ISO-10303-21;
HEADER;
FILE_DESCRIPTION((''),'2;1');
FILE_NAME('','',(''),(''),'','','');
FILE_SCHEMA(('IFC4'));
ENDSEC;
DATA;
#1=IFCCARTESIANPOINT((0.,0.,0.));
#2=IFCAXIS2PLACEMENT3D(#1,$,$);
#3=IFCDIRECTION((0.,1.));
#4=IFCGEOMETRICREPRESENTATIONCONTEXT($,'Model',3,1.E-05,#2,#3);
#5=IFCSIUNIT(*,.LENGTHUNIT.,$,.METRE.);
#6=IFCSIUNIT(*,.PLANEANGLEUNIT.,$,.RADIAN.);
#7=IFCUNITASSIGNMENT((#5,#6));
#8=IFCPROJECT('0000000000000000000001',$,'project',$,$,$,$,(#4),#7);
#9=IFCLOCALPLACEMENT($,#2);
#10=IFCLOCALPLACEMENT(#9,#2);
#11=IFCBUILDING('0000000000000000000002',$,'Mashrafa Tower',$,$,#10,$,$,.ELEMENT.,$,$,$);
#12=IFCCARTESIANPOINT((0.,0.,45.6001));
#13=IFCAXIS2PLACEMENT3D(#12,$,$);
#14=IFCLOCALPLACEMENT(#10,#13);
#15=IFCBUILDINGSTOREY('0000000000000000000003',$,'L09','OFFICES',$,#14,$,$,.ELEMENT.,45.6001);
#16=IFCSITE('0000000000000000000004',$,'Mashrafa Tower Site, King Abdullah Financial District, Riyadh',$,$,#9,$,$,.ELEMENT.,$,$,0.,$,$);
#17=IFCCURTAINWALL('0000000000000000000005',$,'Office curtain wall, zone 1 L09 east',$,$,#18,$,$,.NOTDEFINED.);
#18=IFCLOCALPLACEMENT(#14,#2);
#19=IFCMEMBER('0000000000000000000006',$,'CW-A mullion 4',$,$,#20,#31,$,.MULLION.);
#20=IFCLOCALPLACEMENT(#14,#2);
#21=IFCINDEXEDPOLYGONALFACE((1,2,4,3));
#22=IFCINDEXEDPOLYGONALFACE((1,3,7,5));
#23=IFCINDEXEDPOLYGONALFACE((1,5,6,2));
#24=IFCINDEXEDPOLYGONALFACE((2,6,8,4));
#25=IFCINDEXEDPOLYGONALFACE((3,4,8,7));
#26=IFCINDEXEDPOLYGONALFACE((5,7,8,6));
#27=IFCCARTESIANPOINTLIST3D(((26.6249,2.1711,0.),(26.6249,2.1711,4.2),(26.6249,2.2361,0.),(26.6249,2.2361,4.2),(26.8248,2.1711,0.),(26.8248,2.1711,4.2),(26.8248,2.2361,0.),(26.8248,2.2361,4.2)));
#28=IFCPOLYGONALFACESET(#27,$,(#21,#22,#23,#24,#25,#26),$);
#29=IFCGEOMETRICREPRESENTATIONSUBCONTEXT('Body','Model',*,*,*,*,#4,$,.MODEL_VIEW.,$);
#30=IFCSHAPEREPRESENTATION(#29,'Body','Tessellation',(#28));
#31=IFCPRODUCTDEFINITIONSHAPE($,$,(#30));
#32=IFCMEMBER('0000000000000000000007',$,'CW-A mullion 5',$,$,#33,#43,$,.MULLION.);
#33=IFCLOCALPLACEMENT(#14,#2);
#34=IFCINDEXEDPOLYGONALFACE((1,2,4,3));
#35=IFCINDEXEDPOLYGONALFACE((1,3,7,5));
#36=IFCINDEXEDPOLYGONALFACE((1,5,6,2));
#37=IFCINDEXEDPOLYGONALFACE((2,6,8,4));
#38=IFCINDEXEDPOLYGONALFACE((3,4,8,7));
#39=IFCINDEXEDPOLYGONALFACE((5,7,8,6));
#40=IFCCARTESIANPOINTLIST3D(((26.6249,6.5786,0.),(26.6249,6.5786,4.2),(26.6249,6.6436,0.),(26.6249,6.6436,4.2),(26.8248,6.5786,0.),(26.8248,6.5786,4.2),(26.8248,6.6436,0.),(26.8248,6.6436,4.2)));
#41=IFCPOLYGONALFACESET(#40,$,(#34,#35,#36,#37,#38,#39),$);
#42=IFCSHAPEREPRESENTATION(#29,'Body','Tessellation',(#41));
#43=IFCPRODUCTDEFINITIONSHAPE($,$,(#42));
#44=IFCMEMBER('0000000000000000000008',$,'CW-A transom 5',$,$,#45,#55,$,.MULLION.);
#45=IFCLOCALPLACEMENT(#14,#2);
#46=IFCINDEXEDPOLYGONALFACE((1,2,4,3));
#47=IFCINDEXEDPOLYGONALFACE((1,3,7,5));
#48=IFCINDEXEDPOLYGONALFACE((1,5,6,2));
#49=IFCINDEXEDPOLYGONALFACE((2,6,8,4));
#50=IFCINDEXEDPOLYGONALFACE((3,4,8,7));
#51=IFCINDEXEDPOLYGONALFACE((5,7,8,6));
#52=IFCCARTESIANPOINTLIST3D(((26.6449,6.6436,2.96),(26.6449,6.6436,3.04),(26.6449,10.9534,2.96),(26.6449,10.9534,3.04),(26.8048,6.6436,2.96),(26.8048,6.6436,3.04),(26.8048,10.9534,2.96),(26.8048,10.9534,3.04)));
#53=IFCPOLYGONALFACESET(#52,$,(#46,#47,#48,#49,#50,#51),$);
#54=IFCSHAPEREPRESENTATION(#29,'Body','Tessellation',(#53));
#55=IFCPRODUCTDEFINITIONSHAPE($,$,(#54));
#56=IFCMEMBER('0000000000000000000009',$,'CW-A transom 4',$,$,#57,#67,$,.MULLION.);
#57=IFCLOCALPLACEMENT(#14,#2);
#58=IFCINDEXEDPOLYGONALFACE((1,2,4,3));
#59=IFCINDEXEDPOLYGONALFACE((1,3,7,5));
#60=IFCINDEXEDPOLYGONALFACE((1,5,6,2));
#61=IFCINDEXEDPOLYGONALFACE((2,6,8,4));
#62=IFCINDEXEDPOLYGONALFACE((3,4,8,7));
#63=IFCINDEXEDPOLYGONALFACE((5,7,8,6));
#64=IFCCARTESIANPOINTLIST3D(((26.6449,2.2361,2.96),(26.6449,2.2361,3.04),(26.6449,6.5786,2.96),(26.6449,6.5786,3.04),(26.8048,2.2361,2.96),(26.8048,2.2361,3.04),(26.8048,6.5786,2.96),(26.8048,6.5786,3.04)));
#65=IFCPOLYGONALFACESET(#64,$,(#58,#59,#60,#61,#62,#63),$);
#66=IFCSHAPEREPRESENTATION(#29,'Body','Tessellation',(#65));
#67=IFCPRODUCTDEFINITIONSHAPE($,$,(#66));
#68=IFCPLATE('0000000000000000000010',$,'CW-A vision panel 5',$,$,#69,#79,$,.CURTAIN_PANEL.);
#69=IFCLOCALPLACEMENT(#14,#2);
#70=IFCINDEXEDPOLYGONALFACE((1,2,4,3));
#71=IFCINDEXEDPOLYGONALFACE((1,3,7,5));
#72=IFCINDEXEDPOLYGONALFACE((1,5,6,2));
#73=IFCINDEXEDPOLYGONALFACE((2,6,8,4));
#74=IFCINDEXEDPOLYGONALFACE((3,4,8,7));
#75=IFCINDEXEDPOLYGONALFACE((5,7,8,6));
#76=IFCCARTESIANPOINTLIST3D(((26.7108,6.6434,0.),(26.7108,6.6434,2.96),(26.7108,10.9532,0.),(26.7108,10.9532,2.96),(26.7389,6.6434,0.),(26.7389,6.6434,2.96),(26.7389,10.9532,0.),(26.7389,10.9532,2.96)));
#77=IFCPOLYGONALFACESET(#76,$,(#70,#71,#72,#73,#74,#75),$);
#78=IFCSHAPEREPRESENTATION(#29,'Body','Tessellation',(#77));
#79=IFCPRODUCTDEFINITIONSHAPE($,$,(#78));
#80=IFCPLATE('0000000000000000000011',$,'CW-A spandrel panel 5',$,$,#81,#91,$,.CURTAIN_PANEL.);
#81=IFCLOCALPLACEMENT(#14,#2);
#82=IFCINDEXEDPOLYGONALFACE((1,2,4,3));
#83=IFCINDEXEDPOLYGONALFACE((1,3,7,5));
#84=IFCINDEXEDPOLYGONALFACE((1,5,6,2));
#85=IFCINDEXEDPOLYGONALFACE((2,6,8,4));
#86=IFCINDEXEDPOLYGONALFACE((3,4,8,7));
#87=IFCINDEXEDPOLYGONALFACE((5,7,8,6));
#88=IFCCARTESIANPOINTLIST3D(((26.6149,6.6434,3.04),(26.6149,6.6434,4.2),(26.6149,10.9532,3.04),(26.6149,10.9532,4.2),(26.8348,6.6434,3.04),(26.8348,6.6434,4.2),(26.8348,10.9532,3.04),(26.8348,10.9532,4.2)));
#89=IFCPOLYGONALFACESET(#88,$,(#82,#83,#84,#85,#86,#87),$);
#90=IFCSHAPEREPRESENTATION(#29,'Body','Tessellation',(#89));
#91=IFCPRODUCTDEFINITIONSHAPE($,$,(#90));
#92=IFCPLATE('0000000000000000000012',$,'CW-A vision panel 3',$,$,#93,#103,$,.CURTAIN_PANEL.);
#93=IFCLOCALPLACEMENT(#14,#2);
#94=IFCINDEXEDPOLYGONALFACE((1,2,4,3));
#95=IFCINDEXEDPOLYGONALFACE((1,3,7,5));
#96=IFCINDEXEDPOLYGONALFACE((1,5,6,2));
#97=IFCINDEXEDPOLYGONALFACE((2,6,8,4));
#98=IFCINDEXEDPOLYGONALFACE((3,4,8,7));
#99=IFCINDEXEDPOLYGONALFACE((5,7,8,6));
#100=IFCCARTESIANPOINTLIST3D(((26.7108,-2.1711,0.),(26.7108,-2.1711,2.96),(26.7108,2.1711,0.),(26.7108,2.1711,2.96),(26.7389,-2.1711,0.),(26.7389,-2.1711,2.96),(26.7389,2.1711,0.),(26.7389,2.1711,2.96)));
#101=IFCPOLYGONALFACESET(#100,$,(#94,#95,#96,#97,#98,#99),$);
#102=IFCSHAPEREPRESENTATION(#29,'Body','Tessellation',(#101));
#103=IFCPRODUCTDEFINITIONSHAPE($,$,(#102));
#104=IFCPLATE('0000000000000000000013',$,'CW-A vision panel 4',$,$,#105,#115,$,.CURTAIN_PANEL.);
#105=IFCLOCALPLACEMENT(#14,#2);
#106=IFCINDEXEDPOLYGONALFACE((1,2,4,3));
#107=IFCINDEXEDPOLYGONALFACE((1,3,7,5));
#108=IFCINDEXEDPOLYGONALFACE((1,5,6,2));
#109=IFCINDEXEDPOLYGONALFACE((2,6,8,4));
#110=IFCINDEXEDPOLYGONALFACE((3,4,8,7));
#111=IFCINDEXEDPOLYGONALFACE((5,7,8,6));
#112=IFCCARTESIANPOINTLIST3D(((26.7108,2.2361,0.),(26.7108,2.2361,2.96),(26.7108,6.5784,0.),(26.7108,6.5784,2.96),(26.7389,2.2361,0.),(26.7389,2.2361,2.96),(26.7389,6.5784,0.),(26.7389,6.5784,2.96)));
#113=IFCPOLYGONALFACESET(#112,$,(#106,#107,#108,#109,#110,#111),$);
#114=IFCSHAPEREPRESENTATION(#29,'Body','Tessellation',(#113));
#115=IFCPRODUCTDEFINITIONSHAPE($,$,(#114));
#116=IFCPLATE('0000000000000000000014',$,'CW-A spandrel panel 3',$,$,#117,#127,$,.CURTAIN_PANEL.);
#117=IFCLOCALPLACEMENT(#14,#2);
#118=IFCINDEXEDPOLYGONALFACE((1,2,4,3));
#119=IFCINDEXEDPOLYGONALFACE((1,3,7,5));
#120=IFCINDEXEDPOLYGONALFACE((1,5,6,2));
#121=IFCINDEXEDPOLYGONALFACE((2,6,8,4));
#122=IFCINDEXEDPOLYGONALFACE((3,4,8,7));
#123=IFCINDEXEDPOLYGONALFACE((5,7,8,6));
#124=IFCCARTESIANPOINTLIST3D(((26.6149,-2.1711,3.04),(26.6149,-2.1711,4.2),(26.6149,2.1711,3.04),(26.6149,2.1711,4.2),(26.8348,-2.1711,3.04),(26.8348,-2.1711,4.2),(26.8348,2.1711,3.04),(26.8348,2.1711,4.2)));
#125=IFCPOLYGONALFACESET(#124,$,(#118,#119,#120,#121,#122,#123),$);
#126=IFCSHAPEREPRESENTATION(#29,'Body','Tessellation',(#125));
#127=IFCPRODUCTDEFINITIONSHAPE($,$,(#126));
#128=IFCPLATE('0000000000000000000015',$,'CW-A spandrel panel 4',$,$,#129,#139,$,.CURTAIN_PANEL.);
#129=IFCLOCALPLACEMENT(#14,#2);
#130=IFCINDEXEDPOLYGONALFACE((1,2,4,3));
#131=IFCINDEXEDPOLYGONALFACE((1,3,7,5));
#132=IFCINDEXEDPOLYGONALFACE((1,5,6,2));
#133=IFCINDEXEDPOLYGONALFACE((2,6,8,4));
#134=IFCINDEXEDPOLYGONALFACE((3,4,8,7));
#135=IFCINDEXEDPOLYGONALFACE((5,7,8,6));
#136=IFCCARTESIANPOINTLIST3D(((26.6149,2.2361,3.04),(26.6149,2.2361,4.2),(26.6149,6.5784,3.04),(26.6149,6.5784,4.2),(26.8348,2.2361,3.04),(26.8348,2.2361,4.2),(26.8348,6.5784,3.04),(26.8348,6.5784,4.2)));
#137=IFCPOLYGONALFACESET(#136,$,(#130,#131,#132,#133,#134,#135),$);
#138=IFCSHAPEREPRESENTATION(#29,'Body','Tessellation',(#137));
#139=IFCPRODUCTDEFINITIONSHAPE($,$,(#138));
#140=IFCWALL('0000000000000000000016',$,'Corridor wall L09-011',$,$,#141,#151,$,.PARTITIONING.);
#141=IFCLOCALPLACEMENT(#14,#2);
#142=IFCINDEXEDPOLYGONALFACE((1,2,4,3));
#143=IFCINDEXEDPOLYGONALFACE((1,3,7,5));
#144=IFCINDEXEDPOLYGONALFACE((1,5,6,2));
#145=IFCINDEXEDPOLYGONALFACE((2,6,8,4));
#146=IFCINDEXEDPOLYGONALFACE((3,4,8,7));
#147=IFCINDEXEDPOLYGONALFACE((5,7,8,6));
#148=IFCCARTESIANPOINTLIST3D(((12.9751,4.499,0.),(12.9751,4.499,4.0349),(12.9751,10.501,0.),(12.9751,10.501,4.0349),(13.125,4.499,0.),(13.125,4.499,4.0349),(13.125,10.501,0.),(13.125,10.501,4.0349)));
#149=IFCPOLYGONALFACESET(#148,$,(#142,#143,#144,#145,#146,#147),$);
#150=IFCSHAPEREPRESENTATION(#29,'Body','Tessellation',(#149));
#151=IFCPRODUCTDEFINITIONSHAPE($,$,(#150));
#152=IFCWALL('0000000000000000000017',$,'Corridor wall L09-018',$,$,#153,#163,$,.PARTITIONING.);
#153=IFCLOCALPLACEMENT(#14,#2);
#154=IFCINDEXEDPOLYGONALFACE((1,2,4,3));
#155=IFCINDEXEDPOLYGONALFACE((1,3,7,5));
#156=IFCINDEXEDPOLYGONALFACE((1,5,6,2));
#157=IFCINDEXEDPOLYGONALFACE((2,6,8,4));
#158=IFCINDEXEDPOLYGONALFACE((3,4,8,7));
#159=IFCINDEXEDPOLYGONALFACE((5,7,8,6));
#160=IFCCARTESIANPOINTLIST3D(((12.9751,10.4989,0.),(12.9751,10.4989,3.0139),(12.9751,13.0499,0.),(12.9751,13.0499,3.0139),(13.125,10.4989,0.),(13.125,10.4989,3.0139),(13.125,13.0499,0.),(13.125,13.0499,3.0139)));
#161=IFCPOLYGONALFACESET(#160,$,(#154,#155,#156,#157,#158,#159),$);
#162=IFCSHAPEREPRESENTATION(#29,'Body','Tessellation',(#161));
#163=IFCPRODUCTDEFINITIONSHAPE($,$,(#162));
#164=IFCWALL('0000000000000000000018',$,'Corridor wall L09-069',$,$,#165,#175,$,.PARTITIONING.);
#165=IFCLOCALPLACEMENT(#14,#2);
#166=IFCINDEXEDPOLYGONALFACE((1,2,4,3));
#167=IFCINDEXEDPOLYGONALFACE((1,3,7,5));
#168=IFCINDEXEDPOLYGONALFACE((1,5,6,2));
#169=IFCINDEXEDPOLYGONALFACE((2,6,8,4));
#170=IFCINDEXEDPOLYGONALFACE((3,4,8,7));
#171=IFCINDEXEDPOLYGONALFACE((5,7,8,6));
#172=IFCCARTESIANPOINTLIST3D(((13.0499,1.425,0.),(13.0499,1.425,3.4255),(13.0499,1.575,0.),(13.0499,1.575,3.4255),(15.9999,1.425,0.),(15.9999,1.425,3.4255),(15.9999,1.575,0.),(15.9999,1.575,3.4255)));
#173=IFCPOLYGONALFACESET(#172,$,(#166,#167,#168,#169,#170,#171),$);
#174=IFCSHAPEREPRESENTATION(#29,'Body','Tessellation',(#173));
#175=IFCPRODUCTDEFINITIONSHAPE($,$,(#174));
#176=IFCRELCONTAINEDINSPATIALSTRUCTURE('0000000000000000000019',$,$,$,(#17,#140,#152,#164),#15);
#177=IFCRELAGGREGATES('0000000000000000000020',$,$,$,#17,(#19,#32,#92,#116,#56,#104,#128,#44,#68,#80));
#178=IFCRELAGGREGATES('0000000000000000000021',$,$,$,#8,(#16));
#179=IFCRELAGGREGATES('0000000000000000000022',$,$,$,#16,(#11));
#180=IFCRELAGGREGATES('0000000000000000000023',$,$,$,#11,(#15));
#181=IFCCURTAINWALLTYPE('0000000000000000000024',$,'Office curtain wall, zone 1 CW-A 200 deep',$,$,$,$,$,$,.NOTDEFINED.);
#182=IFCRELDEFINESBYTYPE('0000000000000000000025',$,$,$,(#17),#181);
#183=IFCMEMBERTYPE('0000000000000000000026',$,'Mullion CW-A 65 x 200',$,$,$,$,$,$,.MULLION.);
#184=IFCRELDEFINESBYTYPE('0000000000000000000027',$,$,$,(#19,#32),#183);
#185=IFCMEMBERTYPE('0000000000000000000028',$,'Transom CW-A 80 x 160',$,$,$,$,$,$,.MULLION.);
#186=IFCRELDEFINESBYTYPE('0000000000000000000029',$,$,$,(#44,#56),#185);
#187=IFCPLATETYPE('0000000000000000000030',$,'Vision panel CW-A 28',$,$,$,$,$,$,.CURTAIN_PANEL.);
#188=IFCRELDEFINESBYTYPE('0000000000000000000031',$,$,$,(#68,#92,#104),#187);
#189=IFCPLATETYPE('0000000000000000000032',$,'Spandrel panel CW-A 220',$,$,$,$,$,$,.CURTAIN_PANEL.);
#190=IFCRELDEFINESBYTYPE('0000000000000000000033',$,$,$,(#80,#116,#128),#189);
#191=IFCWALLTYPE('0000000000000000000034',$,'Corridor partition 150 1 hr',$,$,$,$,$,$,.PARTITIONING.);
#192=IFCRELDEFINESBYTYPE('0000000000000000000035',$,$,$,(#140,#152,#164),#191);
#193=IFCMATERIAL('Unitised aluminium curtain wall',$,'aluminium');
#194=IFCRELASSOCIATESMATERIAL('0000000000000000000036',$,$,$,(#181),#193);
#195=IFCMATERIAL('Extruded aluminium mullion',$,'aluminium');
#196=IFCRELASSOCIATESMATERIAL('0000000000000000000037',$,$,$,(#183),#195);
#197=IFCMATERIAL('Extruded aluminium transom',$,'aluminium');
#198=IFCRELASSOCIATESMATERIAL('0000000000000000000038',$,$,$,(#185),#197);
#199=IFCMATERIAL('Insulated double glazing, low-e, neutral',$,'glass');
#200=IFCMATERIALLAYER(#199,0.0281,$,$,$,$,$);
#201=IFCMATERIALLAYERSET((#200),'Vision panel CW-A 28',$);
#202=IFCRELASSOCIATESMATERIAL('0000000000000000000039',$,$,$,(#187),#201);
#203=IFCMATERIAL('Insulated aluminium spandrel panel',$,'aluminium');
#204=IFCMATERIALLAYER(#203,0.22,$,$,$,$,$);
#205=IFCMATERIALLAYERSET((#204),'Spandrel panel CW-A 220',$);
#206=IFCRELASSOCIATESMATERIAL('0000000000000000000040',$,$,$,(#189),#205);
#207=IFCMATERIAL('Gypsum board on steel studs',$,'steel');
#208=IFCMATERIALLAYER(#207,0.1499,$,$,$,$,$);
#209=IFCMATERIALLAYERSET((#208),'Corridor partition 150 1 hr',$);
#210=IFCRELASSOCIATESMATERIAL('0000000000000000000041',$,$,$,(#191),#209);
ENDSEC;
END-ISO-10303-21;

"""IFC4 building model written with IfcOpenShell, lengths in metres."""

from ifc_helpers import new_model, si_unit, direction, frame, frame_2d, origin, origin_2d, place, context, subcontext, project, spatial, rectangle, extrude, source, transform, mapped, material, layer, layer_set, material_profile, profile_set, type_object, type_shapes, element, aggregate, save


model = new_model("IFC4")

# Units and contexts
model_context = context("Model", 3, precision=1e-05, world=origin(), true_north=direction((0.0, 1.0)))
body_context = subcontext(model_context, "Body", "Model", "MODEL_VIEW")
ifc_project = project(units=[si_unit("LENGTHUNIT", "METRE"), si_unit("PLANEANGLEUNIT", "RADIAN")], contexts=[model_context])

# Site, building, storey
site_placement = place(None, origin())
site = spatial("IfcSite", under=ifc_project, at=site_placement, Name="Mashrafa Tower Site, King Abdullah Financial District, Riyadh", CompositionType="ELEMENT", RefElevation=0.0)
building_placement = place(site_placement, origin())
building = spatial("IfcBuilding", under=site, at=building_placement, Name="Mashrafa Tower", CompositionType="ELEMENT")
storey_placement = place(building_placement, frame((0.0, 0.0, 45.6001)))
storey = spatial("IfcBuildingStorey", under=building, at=storey_placement, Name="L09", Description="OFFICES", CompositionType="ELEMENT", Elevation=45.6001)

# Curtain wall, members, plates
ifc_material_1 = material(Name="Unitised aluminium curtain wall", Category="aluminium")
curtain_wall_type = type_object("IfcCurtainWallType", Name="Office curtain wall, zone 1 CW-A 200 deep", PredefinedType="NOTDEFINED", material=ifc_material_1)
curtain_wall_placement = place(storey_placement, origin())
curtain_wall = element("IfcCurtainWall", 1, at=curtain_wall_placement, inside=storey, type_object=curtain_wall_type, Name="Office curtain wall, zone 1 L09 east", PredefinedType="NOTDEFINED")
ifc_material_2 = material(Name="Extruded aluminium mullion", Category="aluminium")
ifc_material_profile_1 = material_profile(ifc_material_2, rectangle(XDim=0.2, YDim=0.0649, at=origin_2d()), Name="Mullion 65x200")
ifc_profile_set_1 = profile_set([ifc_material_profile_1], Name="Extruded aluminium mullion")
member_type_1 = type_object("IfcMemberType", Name="Mullion CW-A 65 x 200", PredefinedType="MULLION", material=ifc_profile_set_1)
shared_shape_1 = source(origin(), body_context, "Body", "SweptSolid", [
    extrude(rectangle(XDim=0.2, YDim=0.0649, at=origin_2d()), origin(), (0.0, 0.0, 1.0), 4.2),
])
type_shapes(member_type_1, [shared_shape_1])
member_1_placement = place(storey_placement, frame((26.7249, 2.2036, 0.0), z_axis=(0.0, 0.0, 1.0), x_axis=(-1.0, 0.0, 0.0)))
member_1 = element("IfcMember", 2, at=member_1_placement, type_object=member_type_1, Name="CW-A mullion 4", PredefinedType="MULLION", context=body_context, shape_type="MappedRepresentation", body=[
    mapped(shared_shape_1, transform((0.0, 0.0, 0.0))),
])
member_2_placement = place(storey_placement, frame((26.7249, 6.6111, 0.0), z_axis=(0.0, 0.0, 1.0), x_axis=(-1.0, 0.0, 0.0)))
member_2 = element("IfcMember", 3, at=member_2_placement, type_object=member_type_1, Name="CW-A mullion 5", PredefinedType="MULLION", context=body_context, shape_type="MappedRepresentation", body=[
    mapped(shared_shape_1, transform((0.0, 0.0, 0.0))),
])
ifc_material_3 = material(Name="Extruded aluminium transom", Category="aluminium")
ifc_material_profile_2 = material_profile(ifc_material_3, rectangle(XDim=0.1599, YDim=0.0801, at=origin_2d()), Name="Transom 80x160")
ifc_profile_set_2 = profile_set([ifc_material_profile_2], Name="Extruded aluminium transom")
member_type_2 = type_object("IfcMemberType", Name="Transom CW-A 80 x 160", PredefinedType="MULLION", material=ifc_profile_set_2)
shared_shape_2 = source(origin(), body_context, "Body", "SweptSolid", [
    extrude(rectangle(XDim=0.1599, YDim=0.0801, at=origin_2d()), origin(), (0.0, 0.0, 1.0), 4.3098),
])
member_3_placement = place(storey_placement, frame((26.7249, 6.6436, 3.0), z_axis=(0.0, 1.0, 0.0), x_axis=(-1.0, 0.0, 0.0)))
member_3 = element("IfcMember", 4, at=member_3_placement, type_object=member_type_2, Name="CW-A transom 5", PredefinedType="MULLION", context=body_context, shape_type="MappedRepresentation", body=[
    mapped(shared_shape_2, transform((0.0, 0.0, 0.0))),
])
shared_shape_3 = source(origin(), body_context, "Body", "SweptSolid", [
    extrude(rectangle(XDim=0.1599, YDim=0.0801, at=origin_2d()), origin(), (0.0, 0.0, 1.0), 4.3425),
])
type_shapes(member_type_2, [shared_shape_2, shared_shape_3])
member_4_placement = place(storey_placement, frame((26.7249, 2.2361, 3.0), z_axis=(0.0, 1.0, 0.0), x_axis=(-1.0, 0.0, 0.0)))
member_4 = element("IfcMember", 5, at=member_4_placement, type_object=member_type_2, Name="CW-A transom 4", PredefinedType="MULLION", context=body_context, shape_type="MappedRepresentation", body=[
    mapped(shared_shape_3, transform((0.0, 0.0, 0.0))),
])
ifc_material_4 = material(Name="Insulated double glazing, low-e, neutral", Category="glass")
ifc_layer_1 = layer(ifc_material_4, 0.0281)
ifc_layer_set_1 = layer_set([ifc_layer_1], Name="Vision panel CW-A 28")
plate_type_1 = type_object("IfcPlateType", Name="Vision panel CW-A 28", PredefinedType="CURTAIN_PANEL", material=ifc_layer_set_1)
shared_shape_4 = source(origin(), body_context, "Body", "SweptSolid", [
    extrude(rectangle(XDim=4.3098, YDim=0.0281, at=origin_2d()), origin(), (0.0, 0.0, 1.0), 2.96),
])
plate_1_placement = place(storey_placement, frame((26.7249, 8.7983, 0.0), z_axis=(0.0, 0.0, 1.0), x_axis=(0.0, 1.0, 0.0)))
plate_1 = element("IfcPlate", 6, at=plate_1_placement, type_object=plate_type_1, Name="CW-A vision panel 5", PredefinedType="CURTAIN_PANEL", context=body_context, shape_type="MappedRepresentation", body=[
    mapped(shared_shape_4, transform((0.0, 0.0, 0.0))),
])
ifc_material_5 = material(Name="Insulated aluminium spandrel panel", Category="aluminium")
ifc_layer_2 = layer(ifc_material_5, 0.22)
ifc_layer_set_2 = layer_set([ifc_layer_2], Name="Spandrel panel CW-A 220")
plate_type_2 = type_object("IfcPlateType", Name="Spandrel panel CW-A 220", PredefinedType="CURTAIN_PANEL", material=ifc_layer_set_2)
shared_shape_5 = source(origin(), body_context, "Body", "SweptSolid", [
    extrude(rectangle(XDim=4.3098, YDim=0.22, at=origin_2d()), origin(), (0.0, 0.0, 1.0), 1.1599),
])
plate_2_placement = place(storey_placement, frame((26.7249, 8.7983, 3.04), z_axis=(0.0, 0.0, 1.0), x_axis=(0.0, 1.0, 0.0)))
plate_2 = element("IfcPlate", 7, at=plate_2_placement, type_object=plate_type_2, Name="CW-A spandrel panel 5", PredefinedType="CURTAIN_PANEL", context=body_context, shape_type="MappedRepresentation", body=[
    mapped(shared_shape_5, transform((0.0, 0.0, 0.0))),
])
shared_shape_6 = source(origin(), body_context, "Body", "SweptSolid", [
    extrude(rectangle(XDim=4.3423, YDim=0.0281, at=origin_2d()), origin(), (0.0, 0.0, 1.0), 2.96),
])
type_shapes(plate_type_1, [shared_shape_4, shared_shape_6])
plate_3_placement = place(storey_placement, frame((26.7249, 0.0, 0.0), z_axis=(0.0, 0.0, 1.0), x_axis=(0.0, 1.0, 0.0)))
plate_3 = element("IfcPlate", 8, at=plate_3_placement, type_object=plate_type_1, Name="CW-A vision panel 3", PredefinedType="CURTAIN_PANEL", context=body_context, shape_type="MappedRepresentation", body=[
    mapped(shared_shape_6, transform((0.0, 0.0, 0.0))),
])
plate_4_placement = place(storey_placement, frame((26.7249, 4.4072, 0.0), z_axis=(0.0, 0.0, 1.0), x_axis=(0.0, 1.0, 0.0)))
plate_4 = element("IfcPlate", 9, at=plate_4_placement, type_object=plate_type_1, Name="CW-A vision panel 4", PredefinedType="CURTAIN_PANEL", context=body_context, shape_type="MappedRepresentation", body=[
    mapped(shared_shape_6, transform((0.0, 0.0, 0.0))),
])
shared_shape_7 = source(origin(), body_context, "Body", "SweptSolid", [
    extrude(rectangle(XDim=4.3423, YDim=0.22, at=origin_2d()), origin(), (0.0, 0.0, 1.0), 1.1599),
])
type_shapes(plate_type_2, [shared_shape_5, shared_shape_7])
plate_5_placement = place(storey_placement, frame((26.7249, 0.0, 3.04), z_axis=(0.0, 0.0, 1.0), x_axis=(0.0, 1.0, 0.0)))
plate_5 = element("IfcPlate", 10, at=plate_5_placement, type_object=plate_type_2, Name="CW-A spandrel panel 3", PredefinedType="CURTAIN_PANEL", context=body_context, shape_type="MappedRepresentation", body=[
    mapped(shared_shape_7, transform((0.0, 0.0, 0.0))),
])
plate_6_placement = place(storey_placement, frame((26.7249, 4.4072, 3.04), z_axis=(0.0, 0.0, 1.0), x_axis=(0.0, 1.0, 0.0)))
plate_6 = element("IfcPlate", 11, at=plate_6_placement, type_object=plate_type_2, Name="CW-A spandrel panel 4", PredefinedType="CURTAIN_PANEL", context=body_context, shape_type="MappedRepresentation", body=[
    mapped(shared_shape_7, transform((0.0, 0.0, 0.0))),
])
aggregate(curtain_wall, [member_1, member_2, plate_3, plate_5, member_4, plate_4, plate_6, member_3, plate_1, plate_2])

# Walls
ifc_material_6 = material(Name="Gypsum board on steel studs", Category="steel")
ifc_layer_3 = layer(ifc_material_6, 0.1499)
ifc_layer_set_3 = layer_set([ifc_layer_3], Name="Corridor partition 150 1 hr")
wall_type_1 = type_object("IfcWallType", Name="Corridor partition 150 1 hr", PredefinedType="PARTITIONING", material=ifc_layer_set_3)
wall_1_placement = place(storey_placement, frame((13.05, 4.499, 0.0), z_axis=(0.0, 0.0, 1.0), x_axis=(0.0, 1.0, 0.0)))
element("IfcWall", 12, at=wall_1_placement, inside=storey, type_object=wall_type_1, Name="Corridor wall L09-011", PredefinedType="PARTITIONING", context=body_context, shape_type="SweptSolid", body=[
    extrude(rectangle(XDim=6.002, YDim=0.1499, at=frame_2d((3.001, 0.0))), origin(), (0.0, 0.0, 1.0), 4.0349),
])
wall_2_placement = place(storey_placement, frame((13.05, 10.499, 0.0), z_axis=(0.0, 0.0, 1.0), x_axis=(0.0, 1.0, 0.0)))
element("IfcWall", 13, at=wall_2_placement, inside=storey, type_object=wall_type_1, Name="Corridor wall L09-018", PredefinedType="PARTITIONING", context=body_context, shape_type="SweptSolid", body=[
    extrude(rectangle(XDim=2.551, YDim=0.1499, at=frame_2d((1.2754, 0.0))), origin(), (0.0, 0.0, 1.0), 3.0139),
])
wall_3_placement = place(storey_placement, frame((16.0, 1.5, 0.0), z_axis=(0.0, 0.0, 1.0), x_axis=(-1.0, 0.0, 0.0)))
element("IfcWall", 14, at=wall_3_placement, inside=storey, type_object=wall_type_1, Name="Corridor wall L09-069", PredefinedType="PARTITIONING", context=body_context, shape_type="SweptSolid", body=[
    extrude(rectangle(XDim=2.95, YDim=0.1499, at=frame_2d((1.4751, 0.0))), origin(), (0.0, 0.0, 1.0), 3.4255),
])

save(model, "model.ifc")
